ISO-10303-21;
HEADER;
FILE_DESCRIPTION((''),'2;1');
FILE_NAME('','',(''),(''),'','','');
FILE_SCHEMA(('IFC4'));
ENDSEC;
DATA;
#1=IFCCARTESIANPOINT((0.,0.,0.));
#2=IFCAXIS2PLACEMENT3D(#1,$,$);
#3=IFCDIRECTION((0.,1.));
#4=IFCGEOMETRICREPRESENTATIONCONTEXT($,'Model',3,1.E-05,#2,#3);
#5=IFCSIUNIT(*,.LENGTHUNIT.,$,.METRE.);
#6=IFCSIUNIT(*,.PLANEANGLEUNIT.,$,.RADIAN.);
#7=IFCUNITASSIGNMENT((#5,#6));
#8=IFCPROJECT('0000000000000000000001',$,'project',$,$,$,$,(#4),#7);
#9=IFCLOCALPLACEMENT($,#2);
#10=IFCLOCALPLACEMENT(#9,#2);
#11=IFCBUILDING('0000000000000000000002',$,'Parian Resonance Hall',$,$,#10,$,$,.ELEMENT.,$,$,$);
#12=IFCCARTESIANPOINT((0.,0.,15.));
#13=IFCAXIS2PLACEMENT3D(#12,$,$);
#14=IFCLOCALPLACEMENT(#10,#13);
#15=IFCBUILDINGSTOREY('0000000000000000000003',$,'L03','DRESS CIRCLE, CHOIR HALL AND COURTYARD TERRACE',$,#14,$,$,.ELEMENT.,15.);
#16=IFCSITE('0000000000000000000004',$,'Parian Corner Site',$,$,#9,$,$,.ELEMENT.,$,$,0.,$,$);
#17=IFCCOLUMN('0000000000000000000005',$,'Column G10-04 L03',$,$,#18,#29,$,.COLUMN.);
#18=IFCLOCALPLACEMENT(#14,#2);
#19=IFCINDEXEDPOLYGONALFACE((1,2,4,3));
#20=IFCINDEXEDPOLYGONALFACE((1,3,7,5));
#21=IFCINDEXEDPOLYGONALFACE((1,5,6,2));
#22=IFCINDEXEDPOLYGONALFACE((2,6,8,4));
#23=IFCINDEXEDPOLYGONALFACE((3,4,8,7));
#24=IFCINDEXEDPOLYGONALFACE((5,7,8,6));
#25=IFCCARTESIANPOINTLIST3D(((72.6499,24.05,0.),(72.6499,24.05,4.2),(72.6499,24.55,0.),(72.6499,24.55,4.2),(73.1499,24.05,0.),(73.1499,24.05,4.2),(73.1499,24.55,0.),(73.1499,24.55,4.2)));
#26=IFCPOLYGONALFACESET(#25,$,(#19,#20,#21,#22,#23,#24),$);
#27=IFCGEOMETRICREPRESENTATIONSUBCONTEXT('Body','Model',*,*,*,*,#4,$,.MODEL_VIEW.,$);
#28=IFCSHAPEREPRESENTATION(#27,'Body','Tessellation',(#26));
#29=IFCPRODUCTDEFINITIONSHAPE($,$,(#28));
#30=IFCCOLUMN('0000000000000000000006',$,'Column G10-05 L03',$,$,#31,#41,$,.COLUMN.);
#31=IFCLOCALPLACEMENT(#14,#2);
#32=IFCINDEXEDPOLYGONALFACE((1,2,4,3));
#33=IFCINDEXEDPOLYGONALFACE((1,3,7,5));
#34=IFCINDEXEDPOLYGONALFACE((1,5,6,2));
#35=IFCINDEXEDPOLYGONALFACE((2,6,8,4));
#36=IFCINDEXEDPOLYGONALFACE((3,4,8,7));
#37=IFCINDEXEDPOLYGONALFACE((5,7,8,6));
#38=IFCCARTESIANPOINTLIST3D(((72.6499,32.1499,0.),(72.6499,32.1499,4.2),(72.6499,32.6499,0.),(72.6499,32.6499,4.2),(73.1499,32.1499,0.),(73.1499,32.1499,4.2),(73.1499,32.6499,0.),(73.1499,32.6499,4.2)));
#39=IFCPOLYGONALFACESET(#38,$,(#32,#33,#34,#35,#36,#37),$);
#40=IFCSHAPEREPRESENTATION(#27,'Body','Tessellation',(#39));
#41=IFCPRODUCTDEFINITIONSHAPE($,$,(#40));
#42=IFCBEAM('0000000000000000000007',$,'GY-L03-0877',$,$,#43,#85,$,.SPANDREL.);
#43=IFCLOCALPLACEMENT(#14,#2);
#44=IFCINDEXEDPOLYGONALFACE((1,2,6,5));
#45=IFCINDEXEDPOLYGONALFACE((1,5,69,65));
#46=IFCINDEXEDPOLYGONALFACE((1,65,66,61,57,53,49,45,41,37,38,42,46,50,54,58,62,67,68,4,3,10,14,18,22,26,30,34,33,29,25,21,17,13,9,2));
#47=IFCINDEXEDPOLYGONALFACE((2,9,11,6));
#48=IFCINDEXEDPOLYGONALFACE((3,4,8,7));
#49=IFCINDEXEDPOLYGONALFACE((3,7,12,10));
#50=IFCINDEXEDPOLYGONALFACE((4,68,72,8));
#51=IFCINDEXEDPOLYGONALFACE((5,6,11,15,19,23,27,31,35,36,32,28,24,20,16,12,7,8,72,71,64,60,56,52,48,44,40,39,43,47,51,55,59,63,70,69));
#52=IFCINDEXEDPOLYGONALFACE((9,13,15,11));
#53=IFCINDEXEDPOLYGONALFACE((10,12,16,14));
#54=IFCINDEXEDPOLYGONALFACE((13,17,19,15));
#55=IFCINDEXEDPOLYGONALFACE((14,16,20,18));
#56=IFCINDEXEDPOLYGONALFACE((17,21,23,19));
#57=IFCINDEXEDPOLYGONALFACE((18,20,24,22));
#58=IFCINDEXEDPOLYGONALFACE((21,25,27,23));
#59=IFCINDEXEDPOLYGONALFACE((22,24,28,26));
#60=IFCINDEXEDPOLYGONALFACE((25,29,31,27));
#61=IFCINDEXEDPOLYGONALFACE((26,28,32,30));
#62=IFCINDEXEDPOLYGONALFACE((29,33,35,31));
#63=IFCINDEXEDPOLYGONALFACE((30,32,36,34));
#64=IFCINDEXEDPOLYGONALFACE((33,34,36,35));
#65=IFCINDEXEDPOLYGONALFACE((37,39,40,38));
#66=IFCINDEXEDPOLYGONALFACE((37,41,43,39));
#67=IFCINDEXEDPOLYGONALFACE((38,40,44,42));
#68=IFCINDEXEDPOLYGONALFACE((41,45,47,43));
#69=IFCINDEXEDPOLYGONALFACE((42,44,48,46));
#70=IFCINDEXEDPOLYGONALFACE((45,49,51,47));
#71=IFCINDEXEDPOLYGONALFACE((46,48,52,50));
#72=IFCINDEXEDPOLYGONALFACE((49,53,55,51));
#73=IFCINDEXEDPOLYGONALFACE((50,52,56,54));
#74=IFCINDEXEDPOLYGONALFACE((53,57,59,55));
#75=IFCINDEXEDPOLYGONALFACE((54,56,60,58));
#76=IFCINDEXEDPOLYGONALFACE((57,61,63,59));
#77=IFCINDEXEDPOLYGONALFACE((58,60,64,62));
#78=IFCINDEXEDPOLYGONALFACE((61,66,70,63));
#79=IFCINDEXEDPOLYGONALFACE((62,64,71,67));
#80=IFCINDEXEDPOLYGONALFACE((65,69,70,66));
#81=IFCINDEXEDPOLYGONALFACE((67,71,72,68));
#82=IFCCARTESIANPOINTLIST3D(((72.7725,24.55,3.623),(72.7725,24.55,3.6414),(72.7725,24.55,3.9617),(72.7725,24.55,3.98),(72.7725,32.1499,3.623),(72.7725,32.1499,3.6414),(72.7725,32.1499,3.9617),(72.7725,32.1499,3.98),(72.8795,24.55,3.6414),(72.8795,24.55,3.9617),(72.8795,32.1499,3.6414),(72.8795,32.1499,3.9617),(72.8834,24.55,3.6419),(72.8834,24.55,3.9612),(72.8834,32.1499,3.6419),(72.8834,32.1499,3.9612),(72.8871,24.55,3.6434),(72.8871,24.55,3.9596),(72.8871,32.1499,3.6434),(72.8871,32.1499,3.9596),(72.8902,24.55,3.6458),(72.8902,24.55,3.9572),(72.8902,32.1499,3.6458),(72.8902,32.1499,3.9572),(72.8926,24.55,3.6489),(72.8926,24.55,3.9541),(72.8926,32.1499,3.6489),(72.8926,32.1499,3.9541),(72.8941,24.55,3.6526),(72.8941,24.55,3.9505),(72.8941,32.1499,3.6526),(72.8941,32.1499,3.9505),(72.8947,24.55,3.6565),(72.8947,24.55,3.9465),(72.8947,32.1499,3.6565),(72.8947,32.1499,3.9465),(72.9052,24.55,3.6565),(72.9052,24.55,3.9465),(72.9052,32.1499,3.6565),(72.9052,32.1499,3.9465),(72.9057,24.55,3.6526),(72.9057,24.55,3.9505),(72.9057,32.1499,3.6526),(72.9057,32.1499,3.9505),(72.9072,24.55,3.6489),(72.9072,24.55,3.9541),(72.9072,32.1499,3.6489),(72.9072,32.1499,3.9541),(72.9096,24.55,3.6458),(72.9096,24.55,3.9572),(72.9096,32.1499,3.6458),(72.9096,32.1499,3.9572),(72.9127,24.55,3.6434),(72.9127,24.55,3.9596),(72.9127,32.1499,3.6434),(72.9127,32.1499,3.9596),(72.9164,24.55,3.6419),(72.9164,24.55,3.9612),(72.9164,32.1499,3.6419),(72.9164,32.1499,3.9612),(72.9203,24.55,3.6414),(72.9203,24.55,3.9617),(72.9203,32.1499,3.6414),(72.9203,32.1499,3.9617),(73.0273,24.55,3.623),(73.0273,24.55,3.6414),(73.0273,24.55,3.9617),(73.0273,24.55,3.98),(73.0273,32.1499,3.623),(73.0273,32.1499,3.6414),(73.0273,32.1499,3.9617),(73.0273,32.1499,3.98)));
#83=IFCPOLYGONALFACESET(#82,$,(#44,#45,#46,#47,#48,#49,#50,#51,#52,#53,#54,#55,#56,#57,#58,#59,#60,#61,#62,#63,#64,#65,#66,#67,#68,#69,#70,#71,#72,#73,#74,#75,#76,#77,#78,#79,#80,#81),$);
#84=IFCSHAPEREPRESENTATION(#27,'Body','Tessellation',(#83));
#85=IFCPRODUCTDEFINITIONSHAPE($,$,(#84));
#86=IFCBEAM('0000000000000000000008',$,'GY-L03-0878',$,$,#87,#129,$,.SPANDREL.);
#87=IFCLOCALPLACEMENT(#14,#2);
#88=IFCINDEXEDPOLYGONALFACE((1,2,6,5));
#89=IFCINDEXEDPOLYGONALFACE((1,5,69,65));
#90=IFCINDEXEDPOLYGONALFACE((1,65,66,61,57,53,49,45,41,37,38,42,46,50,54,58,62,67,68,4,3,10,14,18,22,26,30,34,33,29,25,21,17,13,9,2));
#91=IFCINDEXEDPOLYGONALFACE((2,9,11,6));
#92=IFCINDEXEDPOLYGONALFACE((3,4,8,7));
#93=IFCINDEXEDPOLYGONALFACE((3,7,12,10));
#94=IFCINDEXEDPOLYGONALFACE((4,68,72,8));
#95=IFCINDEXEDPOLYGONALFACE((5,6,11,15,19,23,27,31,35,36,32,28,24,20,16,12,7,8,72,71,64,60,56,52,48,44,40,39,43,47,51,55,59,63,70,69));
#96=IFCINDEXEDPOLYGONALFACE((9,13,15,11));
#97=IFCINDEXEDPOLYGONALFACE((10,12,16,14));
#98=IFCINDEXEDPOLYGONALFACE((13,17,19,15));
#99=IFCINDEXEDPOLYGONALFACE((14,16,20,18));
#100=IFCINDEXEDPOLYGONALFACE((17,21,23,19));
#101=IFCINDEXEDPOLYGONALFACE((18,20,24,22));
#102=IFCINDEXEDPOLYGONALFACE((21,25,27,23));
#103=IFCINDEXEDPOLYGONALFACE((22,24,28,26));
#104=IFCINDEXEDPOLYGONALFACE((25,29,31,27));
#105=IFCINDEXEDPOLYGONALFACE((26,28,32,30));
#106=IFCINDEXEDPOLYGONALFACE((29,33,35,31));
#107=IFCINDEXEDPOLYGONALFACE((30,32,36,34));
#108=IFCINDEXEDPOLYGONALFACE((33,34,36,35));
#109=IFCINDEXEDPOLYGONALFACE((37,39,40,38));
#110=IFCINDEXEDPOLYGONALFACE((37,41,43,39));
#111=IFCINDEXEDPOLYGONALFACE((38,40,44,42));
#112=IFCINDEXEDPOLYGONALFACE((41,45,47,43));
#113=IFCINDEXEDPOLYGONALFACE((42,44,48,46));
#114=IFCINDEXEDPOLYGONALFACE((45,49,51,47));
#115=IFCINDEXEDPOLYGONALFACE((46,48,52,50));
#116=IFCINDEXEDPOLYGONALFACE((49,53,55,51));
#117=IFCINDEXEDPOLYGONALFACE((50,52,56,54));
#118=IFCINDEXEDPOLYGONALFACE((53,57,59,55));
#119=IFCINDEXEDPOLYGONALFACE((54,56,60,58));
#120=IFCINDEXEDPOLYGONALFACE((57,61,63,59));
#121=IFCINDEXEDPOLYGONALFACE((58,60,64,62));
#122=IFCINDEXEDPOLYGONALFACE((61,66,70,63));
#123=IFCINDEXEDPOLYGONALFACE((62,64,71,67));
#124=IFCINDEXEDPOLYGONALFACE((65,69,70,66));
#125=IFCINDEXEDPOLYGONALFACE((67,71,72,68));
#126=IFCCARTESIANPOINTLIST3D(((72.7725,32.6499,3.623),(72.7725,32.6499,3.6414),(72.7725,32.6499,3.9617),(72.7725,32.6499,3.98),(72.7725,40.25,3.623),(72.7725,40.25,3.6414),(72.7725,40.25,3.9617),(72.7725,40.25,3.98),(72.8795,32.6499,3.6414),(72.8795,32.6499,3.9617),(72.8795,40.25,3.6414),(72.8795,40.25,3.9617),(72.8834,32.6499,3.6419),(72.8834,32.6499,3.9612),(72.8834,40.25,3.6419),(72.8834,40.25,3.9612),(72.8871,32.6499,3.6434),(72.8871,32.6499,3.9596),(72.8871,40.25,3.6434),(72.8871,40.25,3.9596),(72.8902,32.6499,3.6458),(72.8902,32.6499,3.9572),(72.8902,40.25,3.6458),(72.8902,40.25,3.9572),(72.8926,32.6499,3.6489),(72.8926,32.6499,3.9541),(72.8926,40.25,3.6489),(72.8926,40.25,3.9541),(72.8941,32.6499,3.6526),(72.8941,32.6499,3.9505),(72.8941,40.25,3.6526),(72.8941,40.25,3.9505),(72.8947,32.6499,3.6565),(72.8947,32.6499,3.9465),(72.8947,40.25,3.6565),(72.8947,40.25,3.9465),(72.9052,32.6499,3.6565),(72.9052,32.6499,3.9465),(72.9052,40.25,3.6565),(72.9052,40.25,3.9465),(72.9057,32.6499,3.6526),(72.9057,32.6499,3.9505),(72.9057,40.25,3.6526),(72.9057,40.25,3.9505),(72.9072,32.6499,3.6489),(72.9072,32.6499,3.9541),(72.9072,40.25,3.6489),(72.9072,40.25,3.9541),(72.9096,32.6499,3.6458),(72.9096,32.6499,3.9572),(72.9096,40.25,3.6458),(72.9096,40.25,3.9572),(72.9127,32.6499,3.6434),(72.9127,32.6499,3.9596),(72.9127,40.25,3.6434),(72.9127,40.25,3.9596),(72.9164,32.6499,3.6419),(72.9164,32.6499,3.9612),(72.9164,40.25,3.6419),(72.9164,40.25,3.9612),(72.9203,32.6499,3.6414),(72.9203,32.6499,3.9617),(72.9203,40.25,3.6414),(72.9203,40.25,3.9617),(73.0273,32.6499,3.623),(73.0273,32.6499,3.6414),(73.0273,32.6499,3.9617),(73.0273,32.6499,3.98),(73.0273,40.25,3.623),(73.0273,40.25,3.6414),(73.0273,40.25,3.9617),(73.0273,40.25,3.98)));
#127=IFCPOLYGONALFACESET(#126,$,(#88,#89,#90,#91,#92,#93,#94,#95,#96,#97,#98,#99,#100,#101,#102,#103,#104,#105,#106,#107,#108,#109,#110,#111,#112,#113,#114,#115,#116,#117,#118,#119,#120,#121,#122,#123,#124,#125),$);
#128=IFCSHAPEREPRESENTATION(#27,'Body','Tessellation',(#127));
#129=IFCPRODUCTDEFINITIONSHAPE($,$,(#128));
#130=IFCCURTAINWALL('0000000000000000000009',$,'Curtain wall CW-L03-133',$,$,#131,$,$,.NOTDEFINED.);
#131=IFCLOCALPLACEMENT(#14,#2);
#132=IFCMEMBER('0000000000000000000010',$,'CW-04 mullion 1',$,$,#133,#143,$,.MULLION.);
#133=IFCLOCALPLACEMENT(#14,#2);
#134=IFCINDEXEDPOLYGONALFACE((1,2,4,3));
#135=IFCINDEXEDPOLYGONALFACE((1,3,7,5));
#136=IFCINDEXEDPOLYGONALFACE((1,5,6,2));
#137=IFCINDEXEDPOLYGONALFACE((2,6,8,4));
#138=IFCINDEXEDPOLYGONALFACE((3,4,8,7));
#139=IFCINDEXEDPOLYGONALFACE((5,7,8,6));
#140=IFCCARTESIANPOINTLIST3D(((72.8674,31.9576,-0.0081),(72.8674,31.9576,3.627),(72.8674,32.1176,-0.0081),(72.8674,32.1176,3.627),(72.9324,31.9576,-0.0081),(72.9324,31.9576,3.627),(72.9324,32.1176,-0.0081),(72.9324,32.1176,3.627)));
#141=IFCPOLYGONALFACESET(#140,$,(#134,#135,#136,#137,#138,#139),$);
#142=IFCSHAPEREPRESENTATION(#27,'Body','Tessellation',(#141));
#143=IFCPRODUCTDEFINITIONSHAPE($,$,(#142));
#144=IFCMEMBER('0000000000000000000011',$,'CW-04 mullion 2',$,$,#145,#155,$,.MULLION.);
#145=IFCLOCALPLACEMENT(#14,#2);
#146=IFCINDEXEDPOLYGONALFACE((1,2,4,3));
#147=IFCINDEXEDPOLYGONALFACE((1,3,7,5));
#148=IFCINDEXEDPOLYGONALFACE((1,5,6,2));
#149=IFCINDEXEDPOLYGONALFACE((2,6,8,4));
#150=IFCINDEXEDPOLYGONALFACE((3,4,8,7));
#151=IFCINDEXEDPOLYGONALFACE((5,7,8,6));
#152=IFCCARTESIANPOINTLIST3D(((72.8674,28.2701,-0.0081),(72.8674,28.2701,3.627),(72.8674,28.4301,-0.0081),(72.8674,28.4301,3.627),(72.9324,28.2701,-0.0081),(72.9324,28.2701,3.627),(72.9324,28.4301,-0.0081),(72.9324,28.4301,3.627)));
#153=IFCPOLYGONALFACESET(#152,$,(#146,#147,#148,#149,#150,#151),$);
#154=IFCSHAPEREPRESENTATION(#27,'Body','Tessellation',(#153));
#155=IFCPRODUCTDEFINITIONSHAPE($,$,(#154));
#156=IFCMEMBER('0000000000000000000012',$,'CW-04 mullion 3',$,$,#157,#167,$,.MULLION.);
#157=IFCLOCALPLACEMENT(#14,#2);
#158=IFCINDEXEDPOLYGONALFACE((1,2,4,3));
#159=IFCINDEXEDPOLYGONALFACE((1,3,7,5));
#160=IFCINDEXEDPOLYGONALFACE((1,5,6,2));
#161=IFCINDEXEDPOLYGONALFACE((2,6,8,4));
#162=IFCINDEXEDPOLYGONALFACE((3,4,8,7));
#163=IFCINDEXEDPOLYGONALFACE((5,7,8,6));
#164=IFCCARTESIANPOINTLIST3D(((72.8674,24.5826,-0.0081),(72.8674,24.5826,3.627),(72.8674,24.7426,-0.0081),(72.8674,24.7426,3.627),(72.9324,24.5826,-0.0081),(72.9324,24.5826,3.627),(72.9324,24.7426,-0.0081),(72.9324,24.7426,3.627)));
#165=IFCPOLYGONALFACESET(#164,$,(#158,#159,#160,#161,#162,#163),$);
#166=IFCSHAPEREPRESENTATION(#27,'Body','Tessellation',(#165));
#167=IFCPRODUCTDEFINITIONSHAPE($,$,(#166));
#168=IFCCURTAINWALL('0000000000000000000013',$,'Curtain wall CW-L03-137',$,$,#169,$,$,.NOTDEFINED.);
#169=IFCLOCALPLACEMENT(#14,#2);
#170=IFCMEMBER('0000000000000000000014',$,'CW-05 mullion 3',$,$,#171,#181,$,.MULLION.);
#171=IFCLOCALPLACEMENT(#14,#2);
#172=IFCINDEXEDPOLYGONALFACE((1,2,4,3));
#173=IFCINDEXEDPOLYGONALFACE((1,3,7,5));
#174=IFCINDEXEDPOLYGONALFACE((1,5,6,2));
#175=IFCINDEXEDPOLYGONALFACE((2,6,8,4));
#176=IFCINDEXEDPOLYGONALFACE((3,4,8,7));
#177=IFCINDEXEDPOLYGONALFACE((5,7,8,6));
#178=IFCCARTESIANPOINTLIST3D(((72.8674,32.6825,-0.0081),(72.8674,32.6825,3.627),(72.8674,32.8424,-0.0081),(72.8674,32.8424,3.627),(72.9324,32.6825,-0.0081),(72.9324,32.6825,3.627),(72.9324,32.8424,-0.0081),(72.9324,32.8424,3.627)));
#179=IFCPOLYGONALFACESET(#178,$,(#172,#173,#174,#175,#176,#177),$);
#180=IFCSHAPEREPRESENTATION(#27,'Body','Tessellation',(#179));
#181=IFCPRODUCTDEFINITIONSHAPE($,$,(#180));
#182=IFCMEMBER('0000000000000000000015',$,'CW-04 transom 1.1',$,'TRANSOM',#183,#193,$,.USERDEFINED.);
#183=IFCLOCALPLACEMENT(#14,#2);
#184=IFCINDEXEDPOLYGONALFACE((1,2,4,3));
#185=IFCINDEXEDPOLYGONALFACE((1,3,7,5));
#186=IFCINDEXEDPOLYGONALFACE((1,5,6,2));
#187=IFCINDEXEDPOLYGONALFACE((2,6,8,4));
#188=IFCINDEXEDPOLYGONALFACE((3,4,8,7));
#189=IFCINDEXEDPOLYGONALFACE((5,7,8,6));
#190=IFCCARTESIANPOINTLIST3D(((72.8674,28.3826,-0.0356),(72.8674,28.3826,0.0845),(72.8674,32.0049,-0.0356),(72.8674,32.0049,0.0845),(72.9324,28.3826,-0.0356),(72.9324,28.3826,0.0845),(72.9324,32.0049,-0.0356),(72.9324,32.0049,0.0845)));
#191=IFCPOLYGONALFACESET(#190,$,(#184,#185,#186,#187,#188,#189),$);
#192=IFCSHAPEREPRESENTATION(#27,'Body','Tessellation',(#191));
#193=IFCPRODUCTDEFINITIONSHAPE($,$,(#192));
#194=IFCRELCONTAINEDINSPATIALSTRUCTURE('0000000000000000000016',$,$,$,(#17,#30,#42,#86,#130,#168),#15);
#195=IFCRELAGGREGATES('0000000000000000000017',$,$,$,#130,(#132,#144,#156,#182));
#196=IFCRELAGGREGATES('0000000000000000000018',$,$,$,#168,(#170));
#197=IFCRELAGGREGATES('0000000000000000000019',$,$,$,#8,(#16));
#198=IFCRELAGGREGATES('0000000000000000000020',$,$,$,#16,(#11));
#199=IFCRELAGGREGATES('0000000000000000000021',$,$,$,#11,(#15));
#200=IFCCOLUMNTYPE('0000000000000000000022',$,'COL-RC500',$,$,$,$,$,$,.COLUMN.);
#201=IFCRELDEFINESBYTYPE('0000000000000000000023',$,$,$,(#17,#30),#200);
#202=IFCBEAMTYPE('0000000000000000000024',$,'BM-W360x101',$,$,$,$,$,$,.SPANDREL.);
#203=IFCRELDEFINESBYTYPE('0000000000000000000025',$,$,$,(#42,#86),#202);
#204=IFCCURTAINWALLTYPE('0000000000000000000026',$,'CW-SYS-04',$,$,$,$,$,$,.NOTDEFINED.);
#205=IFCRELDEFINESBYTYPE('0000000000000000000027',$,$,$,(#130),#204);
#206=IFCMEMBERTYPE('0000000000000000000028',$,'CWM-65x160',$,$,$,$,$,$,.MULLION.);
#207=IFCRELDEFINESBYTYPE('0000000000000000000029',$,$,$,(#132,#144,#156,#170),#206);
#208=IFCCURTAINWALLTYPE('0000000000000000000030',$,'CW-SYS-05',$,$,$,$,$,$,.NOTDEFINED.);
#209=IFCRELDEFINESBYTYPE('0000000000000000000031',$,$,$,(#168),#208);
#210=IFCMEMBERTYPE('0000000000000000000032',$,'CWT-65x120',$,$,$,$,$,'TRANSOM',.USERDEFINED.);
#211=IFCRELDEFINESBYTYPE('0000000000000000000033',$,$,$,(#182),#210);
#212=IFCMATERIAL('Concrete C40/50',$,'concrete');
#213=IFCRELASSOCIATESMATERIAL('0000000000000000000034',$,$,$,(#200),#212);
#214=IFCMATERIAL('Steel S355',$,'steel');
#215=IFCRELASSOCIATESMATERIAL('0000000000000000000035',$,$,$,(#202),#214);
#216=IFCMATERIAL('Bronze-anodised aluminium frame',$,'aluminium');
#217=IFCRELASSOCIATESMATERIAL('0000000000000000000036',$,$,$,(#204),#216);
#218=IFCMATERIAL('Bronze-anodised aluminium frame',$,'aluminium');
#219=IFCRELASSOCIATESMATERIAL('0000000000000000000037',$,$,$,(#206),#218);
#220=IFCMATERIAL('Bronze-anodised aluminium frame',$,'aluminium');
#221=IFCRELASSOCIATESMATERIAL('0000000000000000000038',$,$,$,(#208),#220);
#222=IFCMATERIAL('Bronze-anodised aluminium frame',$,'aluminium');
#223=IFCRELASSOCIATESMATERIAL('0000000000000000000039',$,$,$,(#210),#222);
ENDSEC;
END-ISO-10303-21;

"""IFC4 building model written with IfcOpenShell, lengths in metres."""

from ifc_helpers import new_model, si_unit, direction, frame, origin, origin_2d, place, context, subcontext, project, spatial, rectangle, i_section, extrude, material, material_profile, profile_set, type_object, element, aggregate, save


model = new_model("IFC4")

# Units and contexts
model_context = context("Model", 3, precision=1e-05, world=origin(), true_north=direction((0.0, 1.0)))
body_context = subcontext(model_context, "Body", "Model", "MODEL_VIEW")
ifc_project = project(units=[si_unit("LENGTHUNIT", "METRE"), si_unit("PLANEANGLEUNIT", "RADIAN")], contexts=[model_context])

# Site, building, storey
site_placement = place(None, origin())
site = spatial("IfcSite", under=ifc_project, at=site_placement, Name="Parian Corner Site", CompositionType="ELEMENT", RefElevation=0.0)
building_placement = place(site_placement, origin())
building = spatial("IfcBuilding", under=site, at=building_placement, Name="Parian Resonance Hall", CompositionType="ELEMENT")
storey_placement = place(building_placement, frame((0.0, 0.0, 15.0)))
storey = spatial("IfcBuildingStorey", under=building, at=storey_placement, Name="L03", Description="DRESS CIRCLE, CHOIR HALL AND COURTYARD TERRACE", CompositionType="ELEMENT", Elevation=15.0)

# Columns
ifc_material_1 = material(Name="Concrete C40/50", Category="concrete")
ifc_material_profile_1 = material_profile(ifc_material_1, rectangle(XDim=0.5, YDim=0.5, at=origin_2d()), Name="RC-COL-500x500")
ifc_profile_set_1 = profile_set([ifc_material_profile_1], Name="Concrete C40/50")
column_type = type_object("IfcColumnType", Name="COL-RC500", PredefinedType="COLUMN", material=ifc_profile_set_1)
for number, where, z_axis, x_axis, name in (
    (1, (72.8999, 24.3, 0.0), (0.0, 0.0, 1.0), (1.0, 0.0, 0.0), "Column G10-04 L03"),
    (2, (72.8999, 32.3999, 0.0), (0.0, 0.0, 1.0), (1.0, 0.0, 0.0), "Column G10-05 L03"),
):
    element("IfcColumn", number, at=place(storey_placement, frame(where, z_axis=z_axis, x_axis=x_axis)), inside=storey, type_object=column_type, Name=name, PredefinedType="COLUMN", context=body_context, shape_type="SweptSolid", body=[
        extrude(rectangle(XDim=0.5, YDim=0.5, at=origin_2d()), origin(), (0.0, 0.0, 1.0), 4.2),
    ])

# Beams
ifc_material_2 = material(Name="Steel S355", Category="steel")
ifc_material_profile_2 = material_profile(ifc_material_2, i_section(OverallWidth=0.2549, OverallDepth=0.3569, WebThickness=0.0105, FlangeThickness=0.0183, FilletRadius=0.0151, at=origin_2d()), Name="W360x101")
ifc_profile_set_2 = profile_set([ifc_material_profile_2], Name="Steel S355")
beam_type = type_object("IfcBeamType", Name="BM-W360x101", PredefinedType="SPANDREL", material=ifc_profile_set_2)
beam_1_placement = place(storey_placement, frame((72.8999, 24.55, 3.8015), z_axis=(0.0, 1.0, 0.0), x_axis=(-1.0, 0.0, 0.0)))
element("IfcBeam", 3, at=beam_1_placement, inside=storey, type_object=beam_type, Name="GY-L03-0877", PredefinedType="SPANDREL", context=body_context, shape_type="SweptSolid", body=[
    extrude(i_section(OverallWidth=0.2549, OverallDepth=0.3569, WebThickness=0.0105, FlangeThickness=0.0183, FilletRadius=0.0151, at=origin_2d()), origin(), (0.0, 0.0, 1.0), 7.5999),
])
beam_2_placement = place(storey_placement, frame((72.8999, 32.6499, 3.8015), z_axis=(0.0, 1.0, 0.0), x_axis=(-1.0, 0.0, 0.0)))
element("IfcBeam", 4, at=beam_2_placement, inside=storey, type_object=beam_type, Name="GY-L03-0878", PredefinedType="SPANDREL", context=body_context, shape_type="SweptSolid", body=[
    extrude(i_section(OverallWidth=0.2549, OverallDepth=0.3569, WebThickness=0.0105, FlangeThickness=0.0183, FilletRadius=0.0151, at=origin_2d()), origin(), (0.0, 0.0, 1.0), 7.6001),
])

# Curtain wall, members
ifc_material_3 = material(Name="Bronze-anodised aluminium frame", Category="aluminium")
curtain_wall_type_1 = type_object("IfcCurtainWallType", Name="CW-SYS-04", PredefinedType="NOTDEFINED", material=ifc_material_3)
curtain_wall_1_placement = place(storey_placement, origin())
curtain_wall_1 = element("IfcCurtainWall", 5, at=curtain_wall_1_placement, inside=storey, type_object=curtain_wall_type_1, Name="Curtain wall CW-L03-133", PredefinedType="NOTDEFINED")
ifc_material_4 = material(Name="Bronze-anodised aluminium frame", Category="aluminium")
ifc_material_profile_3 = material_profile(ifc_material_4, rectangle(XDim=0.0649, YDim=0.1599, at=origin_2d()), Name="CWM-65x160")
ifc_profile_set_3 = profile_set([ifc_material_profile_3], Name="Bronze-anodised aluminium frame")
member_type_1 = type_object("IfcMemberType", Name="CWM-65x160", PredefinedType="MULLION", material=ifc_profile_set_3)
member_1_placement = place(storey_placement, frame((72.8999, 32.0376, -0.0081), z_axis=(0.0, 0.0, 1.0), x_axis=(1.0, 0.0, 0.0)))
member_1 = element("IfcMember", 6, at=member_1_placement, type_object=member_type_1, Name="CW-04 mullion 1", PredefinedType="MULLION", context=body_context, shape_type="SweptSolid", body=[
    extrude(rectangle(XDim=0.0649, YDim=0.1599, at=origin_2d()), origin(), (0.0, 0.0, 1.0), 3.635),
])
member_2_placement = place(storey_placement, frame((72.8999, 28.3501, -0.0081), z_axis=(0.0, 0.0, 1.0), x_axis=(1.0, 0.0, 0.0)))
member_2 = element("IfcMember", 7, at=member_2_placement, type_object=member_type_1, Name="CW-04 mullion 2", PredefinedType="MULLION", context=body_context, shape_type="SweptSolid", body=[
    extrude(rectangle(XDim=0.0649, YDim=0.1599, at=origin_2d()), origin(), (0.0, 0.0, 1.0), 3.635),
])
member_3_placement = place(storey_placement, frame((72.8999, 24.6626, -0.0081), z_axis=(0.0, 0.0, 1.0), x_axis=(1.0, 0.0, 0.0)))
member_3 = element("IfcMember", 8, at=member_3_placement, type_object=member_type_1, Name="CW-04 mullion 3", PredefinedType="MULLION", context=body_context, shape_type="SweptSolid", body=[
    extrude(rectangle(XDim=0.0649, YDim=0.1599, at=origin_2d()), origin(), (0.0, 0.0, 1.0), 3.635),
])

# Curtain wall, member
ifc_material_5 = material(Name="Bronze-anodised aluminium frame", Category="aluminium")
curtain_wall_type_2 = type_object("IfcCurtainWallType", Name="CW-SYS-05", PredefinedType="NOTDEFINED", material=ifc_material_5)
curtain_wall_2_placement = place(storey_placement, origin())
curtain_wall_2 = element("IfcCurtainWall", 9, at=curtain_wall_2_placement, inside=storey, type_object=curtain_wall_type_2, Name="Curtain wall CW-L03-137", PredefinedType="NOTDEFINED")
member_4_placement = place(storey_placement, frame((72.8999, 32.7625, -0.0081), z_axis=(0.0, 0.0, 1.0), x_axis=(1.0, 0.0, 0.0)))
member_4 = element("IfcMember", 10, at=member_4_placement, type_object=member_type_1, Name="CW-05 mullion 3", PredefinedType="MULLION", context=body_context, shape_type="SweptSolid", body=[
    extrude(rectangle(XDim=0.0649, YDim=0.1599, at=origin_2d()), origin(), (0.0, 0.0, 1.0), 3.635),
])

# Member
ifc_material_6 = material(Name="Bronze-anodised aluminium frame", Category="aluminium")
ifc_material_profile_4 = material_profile(ifc_material_6, rectangle(XDim=0.0649, YDim=0.1201, at=origin_2d()), Name="CWT-65x120")
ifc_profile_set_4 = profile_set([ifc_material_profile_4], Name="Bronze-anodised aluminium frame")
member_type_2 = type_object("IfcMemberType", Name="CWT-65x120", ElementType="TRANSOM", PredefinedType="USERDEFINED", material=ifc_profile_set_4)
member_5_placement = place(storey_placement, frame((72.8999, 32.0049, 0.0244), z_axis=(0.0, -1.0, 0.0), x_axis=(1.0, 0.0, 0.0)))
member_5 = element("IfcMember", 11, at=member_5_placement, type_object=member_type_2, Name="CW-04 transom 1.1", ObjectType="TRANSOM", PredefinedType="USERDEFINED", context=body_context, shape_type="SweptSolid", body=[
    extrude(rectangle(XDim=0.0649, YDim=0.1201, at=origin_2d()), origin(), (0.0, 0.0, 1.0), 3.6223),
])

aggregate(curtain_wall_1, [member_1, member_2, member_3, member_5])
aggregate(curtain_wall_2, [member_4])

save(model, "model.ifc")
